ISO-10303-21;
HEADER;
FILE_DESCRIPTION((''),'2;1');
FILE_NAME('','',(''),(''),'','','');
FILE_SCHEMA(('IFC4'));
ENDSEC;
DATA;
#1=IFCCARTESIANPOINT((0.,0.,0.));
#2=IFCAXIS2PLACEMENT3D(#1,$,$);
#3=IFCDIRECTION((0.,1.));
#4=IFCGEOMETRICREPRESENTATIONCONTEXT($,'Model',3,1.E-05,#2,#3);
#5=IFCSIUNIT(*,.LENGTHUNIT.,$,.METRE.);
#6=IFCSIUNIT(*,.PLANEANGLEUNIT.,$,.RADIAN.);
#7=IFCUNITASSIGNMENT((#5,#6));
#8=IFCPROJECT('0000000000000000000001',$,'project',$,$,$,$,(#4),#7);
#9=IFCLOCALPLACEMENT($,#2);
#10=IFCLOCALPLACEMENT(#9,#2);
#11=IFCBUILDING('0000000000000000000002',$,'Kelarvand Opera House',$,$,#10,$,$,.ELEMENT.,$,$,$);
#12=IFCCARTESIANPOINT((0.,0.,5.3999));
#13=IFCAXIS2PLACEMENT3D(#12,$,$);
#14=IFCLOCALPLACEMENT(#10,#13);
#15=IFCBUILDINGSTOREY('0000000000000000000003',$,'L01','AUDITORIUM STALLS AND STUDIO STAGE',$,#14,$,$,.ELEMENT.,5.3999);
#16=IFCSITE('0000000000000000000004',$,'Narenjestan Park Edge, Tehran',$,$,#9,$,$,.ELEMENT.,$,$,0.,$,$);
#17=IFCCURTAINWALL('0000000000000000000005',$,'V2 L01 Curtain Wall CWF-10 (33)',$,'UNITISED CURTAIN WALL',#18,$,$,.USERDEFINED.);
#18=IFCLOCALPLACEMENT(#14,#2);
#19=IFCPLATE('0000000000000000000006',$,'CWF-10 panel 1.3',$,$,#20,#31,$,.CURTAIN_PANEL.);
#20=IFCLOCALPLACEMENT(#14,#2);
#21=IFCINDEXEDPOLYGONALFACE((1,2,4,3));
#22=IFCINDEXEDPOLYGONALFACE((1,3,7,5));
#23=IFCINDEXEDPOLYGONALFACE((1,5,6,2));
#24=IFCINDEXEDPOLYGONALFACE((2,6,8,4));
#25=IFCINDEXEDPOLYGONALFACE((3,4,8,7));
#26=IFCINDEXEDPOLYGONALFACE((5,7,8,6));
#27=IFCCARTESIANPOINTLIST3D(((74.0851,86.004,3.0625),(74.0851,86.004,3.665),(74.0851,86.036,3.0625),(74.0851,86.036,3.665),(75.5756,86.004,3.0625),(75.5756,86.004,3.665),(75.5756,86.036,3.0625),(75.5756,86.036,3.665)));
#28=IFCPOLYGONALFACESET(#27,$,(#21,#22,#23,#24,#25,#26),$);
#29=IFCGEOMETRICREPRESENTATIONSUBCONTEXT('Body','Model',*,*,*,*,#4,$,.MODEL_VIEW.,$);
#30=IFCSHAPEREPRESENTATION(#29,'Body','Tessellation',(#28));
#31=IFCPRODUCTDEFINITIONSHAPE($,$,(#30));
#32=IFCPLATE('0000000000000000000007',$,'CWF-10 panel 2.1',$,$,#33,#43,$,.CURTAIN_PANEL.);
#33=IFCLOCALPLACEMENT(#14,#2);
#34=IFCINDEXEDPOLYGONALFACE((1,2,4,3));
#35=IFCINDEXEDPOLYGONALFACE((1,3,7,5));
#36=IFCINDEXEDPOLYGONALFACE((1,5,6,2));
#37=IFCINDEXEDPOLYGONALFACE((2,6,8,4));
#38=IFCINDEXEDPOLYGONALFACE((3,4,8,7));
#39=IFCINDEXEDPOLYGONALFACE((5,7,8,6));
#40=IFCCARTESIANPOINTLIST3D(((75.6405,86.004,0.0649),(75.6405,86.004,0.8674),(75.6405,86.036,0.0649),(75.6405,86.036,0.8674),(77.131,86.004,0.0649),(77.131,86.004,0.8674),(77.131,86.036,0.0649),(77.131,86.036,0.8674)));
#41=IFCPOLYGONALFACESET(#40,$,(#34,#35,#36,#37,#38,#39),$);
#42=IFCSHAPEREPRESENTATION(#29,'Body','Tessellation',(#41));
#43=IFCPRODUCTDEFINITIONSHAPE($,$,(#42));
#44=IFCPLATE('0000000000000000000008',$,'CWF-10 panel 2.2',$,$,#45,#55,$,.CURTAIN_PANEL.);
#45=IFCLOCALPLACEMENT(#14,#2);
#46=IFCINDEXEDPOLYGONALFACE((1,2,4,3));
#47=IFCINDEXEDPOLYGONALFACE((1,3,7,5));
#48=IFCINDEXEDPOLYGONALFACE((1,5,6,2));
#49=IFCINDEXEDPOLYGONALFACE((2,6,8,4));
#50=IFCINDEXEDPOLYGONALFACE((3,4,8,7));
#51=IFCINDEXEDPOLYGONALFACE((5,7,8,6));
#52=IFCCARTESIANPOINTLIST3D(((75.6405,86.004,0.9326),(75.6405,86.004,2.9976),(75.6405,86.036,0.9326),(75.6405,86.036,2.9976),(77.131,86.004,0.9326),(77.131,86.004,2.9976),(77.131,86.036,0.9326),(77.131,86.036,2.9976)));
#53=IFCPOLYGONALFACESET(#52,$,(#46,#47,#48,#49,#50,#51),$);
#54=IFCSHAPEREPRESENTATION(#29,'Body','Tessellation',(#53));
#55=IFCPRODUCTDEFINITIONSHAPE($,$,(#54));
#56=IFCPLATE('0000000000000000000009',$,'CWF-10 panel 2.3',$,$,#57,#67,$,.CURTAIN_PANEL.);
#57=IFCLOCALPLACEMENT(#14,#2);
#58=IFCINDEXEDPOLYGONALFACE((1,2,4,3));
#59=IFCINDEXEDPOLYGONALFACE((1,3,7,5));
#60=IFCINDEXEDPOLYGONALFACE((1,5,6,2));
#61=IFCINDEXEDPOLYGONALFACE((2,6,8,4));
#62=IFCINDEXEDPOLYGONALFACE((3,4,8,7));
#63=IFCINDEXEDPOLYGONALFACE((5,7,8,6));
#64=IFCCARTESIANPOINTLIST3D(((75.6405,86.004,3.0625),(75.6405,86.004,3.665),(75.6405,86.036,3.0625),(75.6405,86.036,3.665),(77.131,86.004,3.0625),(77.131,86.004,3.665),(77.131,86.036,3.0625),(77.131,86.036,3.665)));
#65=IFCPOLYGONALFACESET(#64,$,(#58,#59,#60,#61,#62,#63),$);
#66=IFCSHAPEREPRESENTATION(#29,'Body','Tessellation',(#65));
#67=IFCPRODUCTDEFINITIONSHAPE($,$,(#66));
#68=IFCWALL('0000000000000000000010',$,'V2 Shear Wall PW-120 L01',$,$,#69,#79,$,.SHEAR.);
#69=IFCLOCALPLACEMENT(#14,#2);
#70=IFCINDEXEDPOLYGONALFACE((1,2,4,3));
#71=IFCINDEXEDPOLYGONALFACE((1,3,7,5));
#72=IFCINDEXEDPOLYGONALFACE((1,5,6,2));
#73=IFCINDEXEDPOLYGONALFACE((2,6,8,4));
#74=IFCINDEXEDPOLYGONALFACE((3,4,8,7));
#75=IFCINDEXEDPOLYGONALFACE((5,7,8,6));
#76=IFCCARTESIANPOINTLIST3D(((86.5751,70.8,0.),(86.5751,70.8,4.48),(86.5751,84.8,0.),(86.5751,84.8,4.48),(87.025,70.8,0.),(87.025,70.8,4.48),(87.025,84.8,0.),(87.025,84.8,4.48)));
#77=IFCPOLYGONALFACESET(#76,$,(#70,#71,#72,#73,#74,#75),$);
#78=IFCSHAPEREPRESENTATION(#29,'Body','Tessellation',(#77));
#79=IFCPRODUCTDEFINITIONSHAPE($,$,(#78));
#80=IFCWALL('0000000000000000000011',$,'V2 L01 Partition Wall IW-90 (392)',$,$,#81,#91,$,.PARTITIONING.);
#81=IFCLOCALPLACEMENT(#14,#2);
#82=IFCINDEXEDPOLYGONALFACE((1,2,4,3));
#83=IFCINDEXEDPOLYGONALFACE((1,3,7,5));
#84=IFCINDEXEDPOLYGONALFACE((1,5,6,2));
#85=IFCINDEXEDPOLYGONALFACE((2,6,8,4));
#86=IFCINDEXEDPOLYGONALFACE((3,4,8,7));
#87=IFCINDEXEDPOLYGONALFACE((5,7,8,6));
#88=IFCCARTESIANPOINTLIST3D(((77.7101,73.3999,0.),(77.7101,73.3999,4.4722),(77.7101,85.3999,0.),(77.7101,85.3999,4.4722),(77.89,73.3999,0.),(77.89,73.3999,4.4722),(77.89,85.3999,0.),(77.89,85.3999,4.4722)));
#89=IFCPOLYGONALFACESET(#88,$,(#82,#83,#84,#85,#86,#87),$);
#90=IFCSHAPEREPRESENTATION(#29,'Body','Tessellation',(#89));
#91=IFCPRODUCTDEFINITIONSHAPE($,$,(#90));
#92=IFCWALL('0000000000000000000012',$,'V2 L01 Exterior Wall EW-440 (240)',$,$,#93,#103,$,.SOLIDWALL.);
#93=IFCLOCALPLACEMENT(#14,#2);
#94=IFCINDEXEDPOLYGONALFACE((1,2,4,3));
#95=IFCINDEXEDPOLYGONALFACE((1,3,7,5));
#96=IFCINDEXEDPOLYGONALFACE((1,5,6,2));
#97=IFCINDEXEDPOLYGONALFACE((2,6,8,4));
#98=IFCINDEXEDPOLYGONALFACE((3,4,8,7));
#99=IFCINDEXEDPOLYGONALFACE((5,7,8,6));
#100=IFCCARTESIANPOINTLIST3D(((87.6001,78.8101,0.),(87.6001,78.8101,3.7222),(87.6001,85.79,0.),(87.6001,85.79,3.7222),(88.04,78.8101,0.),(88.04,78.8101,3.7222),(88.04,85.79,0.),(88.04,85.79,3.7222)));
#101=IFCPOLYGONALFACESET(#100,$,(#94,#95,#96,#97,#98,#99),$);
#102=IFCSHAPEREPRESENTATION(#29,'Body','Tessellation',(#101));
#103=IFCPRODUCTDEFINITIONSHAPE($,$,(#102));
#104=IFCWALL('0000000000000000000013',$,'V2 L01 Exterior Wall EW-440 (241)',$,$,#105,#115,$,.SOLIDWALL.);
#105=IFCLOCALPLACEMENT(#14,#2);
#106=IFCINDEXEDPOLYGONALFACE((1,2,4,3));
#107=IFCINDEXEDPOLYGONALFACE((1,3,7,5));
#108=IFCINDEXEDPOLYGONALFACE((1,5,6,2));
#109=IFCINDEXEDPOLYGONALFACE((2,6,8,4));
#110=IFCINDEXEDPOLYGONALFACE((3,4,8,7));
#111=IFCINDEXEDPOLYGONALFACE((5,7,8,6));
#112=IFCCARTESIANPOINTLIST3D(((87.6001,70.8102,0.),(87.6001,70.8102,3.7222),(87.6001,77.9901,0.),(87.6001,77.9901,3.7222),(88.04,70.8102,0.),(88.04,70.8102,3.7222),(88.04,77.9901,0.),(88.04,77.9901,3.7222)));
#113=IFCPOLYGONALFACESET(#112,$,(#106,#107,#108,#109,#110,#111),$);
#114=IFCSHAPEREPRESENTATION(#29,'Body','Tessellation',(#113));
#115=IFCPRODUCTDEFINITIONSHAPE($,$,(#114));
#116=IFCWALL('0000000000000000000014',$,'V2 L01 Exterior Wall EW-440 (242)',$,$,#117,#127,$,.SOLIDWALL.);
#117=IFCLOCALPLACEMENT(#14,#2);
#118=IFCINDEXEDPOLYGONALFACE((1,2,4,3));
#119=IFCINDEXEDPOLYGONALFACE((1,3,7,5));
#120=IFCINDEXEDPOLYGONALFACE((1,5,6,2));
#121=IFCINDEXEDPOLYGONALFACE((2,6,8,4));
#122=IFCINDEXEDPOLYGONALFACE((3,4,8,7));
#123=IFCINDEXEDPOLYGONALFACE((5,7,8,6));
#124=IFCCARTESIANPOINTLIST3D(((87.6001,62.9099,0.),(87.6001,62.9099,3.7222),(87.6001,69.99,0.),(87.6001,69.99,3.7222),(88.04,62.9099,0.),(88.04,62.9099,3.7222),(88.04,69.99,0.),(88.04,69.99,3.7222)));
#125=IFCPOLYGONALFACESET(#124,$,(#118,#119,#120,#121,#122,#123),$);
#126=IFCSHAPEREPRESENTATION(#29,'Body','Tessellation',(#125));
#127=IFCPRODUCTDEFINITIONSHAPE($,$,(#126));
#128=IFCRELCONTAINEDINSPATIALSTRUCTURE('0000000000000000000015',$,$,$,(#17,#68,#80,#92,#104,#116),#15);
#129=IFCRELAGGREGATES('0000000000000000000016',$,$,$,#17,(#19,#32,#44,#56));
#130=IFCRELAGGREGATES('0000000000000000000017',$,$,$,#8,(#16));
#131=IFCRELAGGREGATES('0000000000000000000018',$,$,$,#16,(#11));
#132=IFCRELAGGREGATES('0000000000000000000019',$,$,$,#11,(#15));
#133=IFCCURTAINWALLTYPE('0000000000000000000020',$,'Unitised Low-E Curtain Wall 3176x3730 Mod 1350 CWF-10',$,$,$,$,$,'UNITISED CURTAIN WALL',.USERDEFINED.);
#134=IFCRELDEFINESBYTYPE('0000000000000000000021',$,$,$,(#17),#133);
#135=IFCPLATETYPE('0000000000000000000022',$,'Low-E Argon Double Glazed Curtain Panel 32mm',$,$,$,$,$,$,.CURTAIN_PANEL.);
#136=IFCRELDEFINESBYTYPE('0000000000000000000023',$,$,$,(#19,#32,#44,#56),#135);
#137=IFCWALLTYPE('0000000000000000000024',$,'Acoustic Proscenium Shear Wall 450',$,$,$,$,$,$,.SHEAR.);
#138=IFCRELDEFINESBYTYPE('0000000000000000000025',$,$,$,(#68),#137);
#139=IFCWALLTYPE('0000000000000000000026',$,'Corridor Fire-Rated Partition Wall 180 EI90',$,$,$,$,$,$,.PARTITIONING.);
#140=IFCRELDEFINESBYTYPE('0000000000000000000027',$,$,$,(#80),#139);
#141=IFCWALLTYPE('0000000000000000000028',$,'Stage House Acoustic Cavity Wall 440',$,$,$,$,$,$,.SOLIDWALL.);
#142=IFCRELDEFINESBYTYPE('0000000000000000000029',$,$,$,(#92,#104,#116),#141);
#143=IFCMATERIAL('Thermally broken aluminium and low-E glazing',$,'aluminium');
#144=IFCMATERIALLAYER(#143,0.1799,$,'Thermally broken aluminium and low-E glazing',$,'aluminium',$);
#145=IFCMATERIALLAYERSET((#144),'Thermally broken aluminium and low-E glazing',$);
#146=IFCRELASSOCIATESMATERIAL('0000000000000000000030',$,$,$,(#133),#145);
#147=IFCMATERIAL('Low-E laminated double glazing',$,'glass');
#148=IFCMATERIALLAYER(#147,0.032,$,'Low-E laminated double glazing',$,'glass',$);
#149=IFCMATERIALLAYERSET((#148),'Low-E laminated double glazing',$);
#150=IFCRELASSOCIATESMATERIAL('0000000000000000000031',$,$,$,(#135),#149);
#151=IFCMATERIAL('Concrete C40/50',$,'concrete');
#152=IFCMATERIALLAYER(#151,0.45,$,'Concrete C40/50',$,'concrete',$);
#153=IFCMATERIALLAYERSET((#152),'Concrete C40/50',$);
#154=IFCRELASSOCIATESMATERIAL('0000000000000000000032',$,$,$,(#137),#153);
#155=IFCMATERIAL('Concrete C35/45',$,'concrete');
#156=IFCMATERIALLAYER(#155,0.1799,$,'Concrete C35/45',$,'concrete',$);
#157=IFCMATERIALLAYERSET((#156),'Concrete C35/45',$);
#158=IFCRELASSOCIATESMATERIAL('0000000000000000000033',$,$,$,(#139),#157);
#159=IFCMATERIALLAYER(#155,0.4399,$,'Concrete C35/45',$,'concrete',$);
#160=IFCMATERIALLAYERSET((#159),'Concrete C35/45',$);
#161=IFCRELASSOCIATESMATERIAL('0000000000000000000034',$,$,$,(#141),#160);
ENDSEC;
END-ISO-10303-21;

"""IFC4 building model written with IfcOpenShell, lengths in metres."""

from ifc_helpers import new_model, si_unit, direction, frame, frame_2d, origin, origin_2d, place, context, subcontext, project, spatial, rectangle, extrude, material, layer, layer_set, type_object, element, aggregate, save


model = new_model("IFC4")

# Units and contexts
model_context = context("Model", 3, precision=1e-05, world=origin(), true_north=direction((0.0, 1.0)))
body_context = subcontext(model_context, "Body", "Model", "MODEL_VIEW")
ifc_project = project(units=[si_unit("LENGTHUNIT", "METRE"), si_unit("PLANEANGLEUNIT", "RADIAN")], contexts=[model_context])

# Site, building, storey
site_placement = place(None, origin())
site = spatial("IfcSite", under=ifc_project, at=site_placement, Name="Narenjestan Park Edge, Tehran", CompositionType="ELEMENT", RefElevation=0.0)
building_placement = place(site_placement, origin())
building = spatial("IfcBuilding", under=site, at=building_placement, Name="Kelarvand Opera House", CompositionType="ELEMENT")
storey_placement = place(building_placement, frame((0.0, 0.0, 5.3999)))
storey = spatial("IfcBuildingStorey", under=building, at=storey_placement, Name="L01", Description="AUDITORIUM STALLS AND STUDIO STAGE", CompositionType="ELEMENT", Elevation=5.3999)

# Shared definitions
ifc_material_1 = material(Name="Concrete C40/50", Category="concrete")

# Curtain wall
ifc_material_2 = material(Name="Thermally broken aluminium and low-E glazing", Category="aluminium")
ifc_layer_1 = layer(ifc_material_2, 0.1799, Name="Thermally broken aluminium and low-E glazing", Category="aluminium")
ifc_layer_set_1 = layer_set([ifc_layer_1], Name="Thermally broken aluminium and low-E glazing")
curtain_wall_type = type_object("IfcCurtainWallType", Name="Unitised Low-E Curtain Wall 3176x3730 Mod 1350 CWF-10", ElementType="UNITISED CURTAIN WALL", PredefinedType="USERDEFINED", material=ifc_layer_set_1)
curtain_wall_placement = place(storey_placement, origin())
curtain_wall = element("IfcCurtainWall", 1, at=curtain_wall_placement, inside=storey, type_object=curtain_wall_type, Name="V2 L01 Curtain Wall CWF-10 (33)", ObjectType="UNITISED CURTAIN WALL", PredefinedType="USERDEFINED")

# Plates
ifc_material_3 = material(Name="Low-E laminated double glazing", Category="glass")
ifc_layer_2 = layer(ifc_material_3, 0.032, Name="Low-E laminated double glazing", Category="glass")
ifc_layer_set_2 = layer_set([ifc_layer_2], Name="Low-E laminated double glazing")
plate_type = type_object("IfcPlateType", Name="Low-E Argon Double Glazed Curtain Panel 32mm", PredefinedType="CURTAIN_PANEL", material=ifc_layer_set_2)
plate_1_placement = place(storey_placement, frame((74.8303, 86.02, 3.0625), z_axis=(0.0, 0.0, 1.0), x_axis=(1.0, 0.0, 0.0)))
plate_1 = element("IfcPlate", 2, at=plate_1_placement, type_object=plate_type, Name="CWF-10 panel 1.3", PredefinedType="CURTAIN_PANEL", context=body_context, shape_type="SweptSolid", body=[
    extrude(rectangle(XDim=1.4905, YDim=0.032, at=origin_2d()), origin(), (0.0, 0.0, 1.0), 0.6025),
])
plate_2_placement = place(storey_placement, frame((76.3857, 86.02, 0.0649), z_axis=(0.0, 0.0, 1.0), x_axis=(1.0, 0.0, 0.0)))
plate_2 = element("IfcPlate", 3, at=plate_2_placement, type_object=plate_type, Name="CWF-10 panel 2.1", PredefinedType="CURTAIN_PANEL", context=body_context, shape_type="SweptSolid", body=[
    extrude(rectangle(XDim=1.4905, YDim=0.032, at=origin_2d()), origin(), (0.0, 0.0, 1.0), 0.8025),
])
plate_3_placement = place(storey_placement, frame((76.3857, 86.02, 0.9326), z_axis=(0.0, 0.0, 1.0), x_axis=(1.0, 0.0, 0.0)))
plate_3 = element("IfcPlate", 4, at=plate_3_placement, type_object=plate_type, Name="CWF-10 panel 2.2", PredefinedType="CURTAIN_PANEL", context=body_context, shape_type="SweptSolid", body=[
    extrude(rectangle(XDim=1.4905, YDim=0.032, at=origin_2d()), origin(), (0.0, 0.0, 1.0), 2.0649),
])
plate_4_placement = place(storey_placement, frame((76.3857, 86.02, 3.0625), z_axis=(0.0, 0.0, 1.0), x_axis=(1.0, 0.0, 0.0)))
plate_4 = element("IfcPlate", 5, at=plate_4_placement, type_object=plate_type, Name="CWF-10 panel 2.3", PredefinedType="CURTAIN_PANEL", context=body_context, shape_type="SweptSolid", body=[
    extrude(rectangle(XDim=1.4905, YDim=0.032, at=origin_2d()), origin(), (0.0, 0.0, 1.0), 0.6025),
])
aggregate(curtain_wall, [plate_1, plate_2, plate_3, plate_4])

# Walls
ifc_layer_3 = layer(ifc_material_1, 0.45, Name="Concrete C40/50", Category="concrete")
ifc_layer_set_3 = layer_set([ifc_layer_3], Name="Concrete C40/50")
wall_type_1 = type_object("IfcWallType", Name="Acoustic Proscenium Shear Wall 450", PredefinedType="SHEAR", material=ifc_layer_set_3)
wall_1_placement = place(storey_placement, frame((86.8, 70.8, 0.0), z_axis=(0.0, 0.0, 1.0), x_axis=(0.0, 1.0, 0.0)))
element("IfcWall", 6, at=wall_1_placement, inside=storey, type_object=wall_type_1, Name="V2 Shear Wall PW-120 L01", PredefinedType="SHEAR", context=body_context, shape_type="SweptSolid", body=[
    extrude(rectangle(XDim=14.0, YDim=0.45, at=frame_2d((7.0, 0.0))), origin(), (0.0, 0.0, 1.0), 4.48),
])
ifc_material_4 = material(Name="Concrete C35/45", Category="concrete")
ifc_layer_4 = layer(ifc_material_4, 0.1799, Name="Concrete C35/45", Category="concrete")
ifc_layer_set_4 = layer_set([ifc_layer_4], Name="Concrete C35/45")
wall_type_2 = type_object("IfcWallType", Name="Corridor Fire-Rated Partition Wall 180 EI90", PredefinedType="PARTITIONING", material=ifc_layer_set_4)
wall_2_placement = place(storey_placement, frame((77.8, 73.3999, 0.0), z_axis=(0.0, 0.0, 1.0), x_axis=(0.0, 1.0, 0.0)))
element("IfcWall", 7, at=wall_2_placement, inside=storey, type_object=wall_type_2, Name="V2 L01 Partition Wall IW-90 (392)", PredefinedType="PARTITIONING", context=body_context, shape_type="SweptSolid", body=[
    extrude(rectangle(XDim=12.0, YDim=0.1799, at=frame_2d((6.0, 0.0))), origin(), (0.0, 0.0, 1.0), 4.4722),
])
ifc_layer_5 = layer(ifc_material_4, 0.4399, Name="Concrete C35/45", Category="concrete")
ifc_layer_set_5 = layer_set([ifc_layer_5], Name="Concrete C35/45")
wall_type_3 = type_object("IfcWallType", Name="Stage House Acoustic Cavity Wall 440", PredefinedType="SOLIDWALL", material=ifc_layer_set_5)
wall_3_placement = place(storey_placement, frame((87.8201, 85.79, 0.0), z_axis=(0.0, 0.0, 1.0), x_axis=(0.0, -1.0, 0.0)))
element("IfcWall", 8, at=wall_3_placement, inside=storey, type_object=wall_type_3, Name="V2 L01 Exterior Wall EW-440 (240)", PredefinedType="SOLIDWALL", context=body_context, shape_type="SweptSolid", body=[
    extrude(rectangle(XDim=6.98, YDim=0.4399, at=frame_2d((3.49, 0.0))), origin(), (0.0, 0.0, 1.0), 3.7222),
])
wall_4_placement = place(storey_placement, frame((87.8201, 77.99, 0.0), z_axis=(0.0, 0.0, 1.0), x_axis=(0.0, -1.0, 0.0)))
element("IfcWall", 9, at=wall_4_placement, inside=storey, type_object=wall_type_3, Name="V2 L01 Exterior Wall EW-440 (241)", PredefinedType="SOLIDWALL", context=body_context, shape_type="SweptSolid", body=[
    extrude(rectangle(XDim=7.1799, YDim=0.4399, at=frame_2d((3.5898, 0.0))), origin(), (0.0, 0.0, 1.0), 3.7222),
])
wall_5_placement = place(storey_placement, frame((87.8201, 69.99, 0.0), z_axis=(0.0, 0.0, 1.0), x_axis=(0.0, -1.0, 0.0)))
element("IfcWall", 10, at=wall_5_placement, inside=storey, type_object=wall_type_3, Name="V2 L01 Exterior Wall EW-440 (242)", PredefinedType="SOLIDWALL", context=body_context, shape_type="SweptSolid", body=[
    extrude(rectangle(XDim=7.0801, YDim=0.4399, at=frame_2d((3.54, 0.0))), origin(), (0.0, 0.0, 1.0), 3.7222),
])

save(model, "model.ifc")
